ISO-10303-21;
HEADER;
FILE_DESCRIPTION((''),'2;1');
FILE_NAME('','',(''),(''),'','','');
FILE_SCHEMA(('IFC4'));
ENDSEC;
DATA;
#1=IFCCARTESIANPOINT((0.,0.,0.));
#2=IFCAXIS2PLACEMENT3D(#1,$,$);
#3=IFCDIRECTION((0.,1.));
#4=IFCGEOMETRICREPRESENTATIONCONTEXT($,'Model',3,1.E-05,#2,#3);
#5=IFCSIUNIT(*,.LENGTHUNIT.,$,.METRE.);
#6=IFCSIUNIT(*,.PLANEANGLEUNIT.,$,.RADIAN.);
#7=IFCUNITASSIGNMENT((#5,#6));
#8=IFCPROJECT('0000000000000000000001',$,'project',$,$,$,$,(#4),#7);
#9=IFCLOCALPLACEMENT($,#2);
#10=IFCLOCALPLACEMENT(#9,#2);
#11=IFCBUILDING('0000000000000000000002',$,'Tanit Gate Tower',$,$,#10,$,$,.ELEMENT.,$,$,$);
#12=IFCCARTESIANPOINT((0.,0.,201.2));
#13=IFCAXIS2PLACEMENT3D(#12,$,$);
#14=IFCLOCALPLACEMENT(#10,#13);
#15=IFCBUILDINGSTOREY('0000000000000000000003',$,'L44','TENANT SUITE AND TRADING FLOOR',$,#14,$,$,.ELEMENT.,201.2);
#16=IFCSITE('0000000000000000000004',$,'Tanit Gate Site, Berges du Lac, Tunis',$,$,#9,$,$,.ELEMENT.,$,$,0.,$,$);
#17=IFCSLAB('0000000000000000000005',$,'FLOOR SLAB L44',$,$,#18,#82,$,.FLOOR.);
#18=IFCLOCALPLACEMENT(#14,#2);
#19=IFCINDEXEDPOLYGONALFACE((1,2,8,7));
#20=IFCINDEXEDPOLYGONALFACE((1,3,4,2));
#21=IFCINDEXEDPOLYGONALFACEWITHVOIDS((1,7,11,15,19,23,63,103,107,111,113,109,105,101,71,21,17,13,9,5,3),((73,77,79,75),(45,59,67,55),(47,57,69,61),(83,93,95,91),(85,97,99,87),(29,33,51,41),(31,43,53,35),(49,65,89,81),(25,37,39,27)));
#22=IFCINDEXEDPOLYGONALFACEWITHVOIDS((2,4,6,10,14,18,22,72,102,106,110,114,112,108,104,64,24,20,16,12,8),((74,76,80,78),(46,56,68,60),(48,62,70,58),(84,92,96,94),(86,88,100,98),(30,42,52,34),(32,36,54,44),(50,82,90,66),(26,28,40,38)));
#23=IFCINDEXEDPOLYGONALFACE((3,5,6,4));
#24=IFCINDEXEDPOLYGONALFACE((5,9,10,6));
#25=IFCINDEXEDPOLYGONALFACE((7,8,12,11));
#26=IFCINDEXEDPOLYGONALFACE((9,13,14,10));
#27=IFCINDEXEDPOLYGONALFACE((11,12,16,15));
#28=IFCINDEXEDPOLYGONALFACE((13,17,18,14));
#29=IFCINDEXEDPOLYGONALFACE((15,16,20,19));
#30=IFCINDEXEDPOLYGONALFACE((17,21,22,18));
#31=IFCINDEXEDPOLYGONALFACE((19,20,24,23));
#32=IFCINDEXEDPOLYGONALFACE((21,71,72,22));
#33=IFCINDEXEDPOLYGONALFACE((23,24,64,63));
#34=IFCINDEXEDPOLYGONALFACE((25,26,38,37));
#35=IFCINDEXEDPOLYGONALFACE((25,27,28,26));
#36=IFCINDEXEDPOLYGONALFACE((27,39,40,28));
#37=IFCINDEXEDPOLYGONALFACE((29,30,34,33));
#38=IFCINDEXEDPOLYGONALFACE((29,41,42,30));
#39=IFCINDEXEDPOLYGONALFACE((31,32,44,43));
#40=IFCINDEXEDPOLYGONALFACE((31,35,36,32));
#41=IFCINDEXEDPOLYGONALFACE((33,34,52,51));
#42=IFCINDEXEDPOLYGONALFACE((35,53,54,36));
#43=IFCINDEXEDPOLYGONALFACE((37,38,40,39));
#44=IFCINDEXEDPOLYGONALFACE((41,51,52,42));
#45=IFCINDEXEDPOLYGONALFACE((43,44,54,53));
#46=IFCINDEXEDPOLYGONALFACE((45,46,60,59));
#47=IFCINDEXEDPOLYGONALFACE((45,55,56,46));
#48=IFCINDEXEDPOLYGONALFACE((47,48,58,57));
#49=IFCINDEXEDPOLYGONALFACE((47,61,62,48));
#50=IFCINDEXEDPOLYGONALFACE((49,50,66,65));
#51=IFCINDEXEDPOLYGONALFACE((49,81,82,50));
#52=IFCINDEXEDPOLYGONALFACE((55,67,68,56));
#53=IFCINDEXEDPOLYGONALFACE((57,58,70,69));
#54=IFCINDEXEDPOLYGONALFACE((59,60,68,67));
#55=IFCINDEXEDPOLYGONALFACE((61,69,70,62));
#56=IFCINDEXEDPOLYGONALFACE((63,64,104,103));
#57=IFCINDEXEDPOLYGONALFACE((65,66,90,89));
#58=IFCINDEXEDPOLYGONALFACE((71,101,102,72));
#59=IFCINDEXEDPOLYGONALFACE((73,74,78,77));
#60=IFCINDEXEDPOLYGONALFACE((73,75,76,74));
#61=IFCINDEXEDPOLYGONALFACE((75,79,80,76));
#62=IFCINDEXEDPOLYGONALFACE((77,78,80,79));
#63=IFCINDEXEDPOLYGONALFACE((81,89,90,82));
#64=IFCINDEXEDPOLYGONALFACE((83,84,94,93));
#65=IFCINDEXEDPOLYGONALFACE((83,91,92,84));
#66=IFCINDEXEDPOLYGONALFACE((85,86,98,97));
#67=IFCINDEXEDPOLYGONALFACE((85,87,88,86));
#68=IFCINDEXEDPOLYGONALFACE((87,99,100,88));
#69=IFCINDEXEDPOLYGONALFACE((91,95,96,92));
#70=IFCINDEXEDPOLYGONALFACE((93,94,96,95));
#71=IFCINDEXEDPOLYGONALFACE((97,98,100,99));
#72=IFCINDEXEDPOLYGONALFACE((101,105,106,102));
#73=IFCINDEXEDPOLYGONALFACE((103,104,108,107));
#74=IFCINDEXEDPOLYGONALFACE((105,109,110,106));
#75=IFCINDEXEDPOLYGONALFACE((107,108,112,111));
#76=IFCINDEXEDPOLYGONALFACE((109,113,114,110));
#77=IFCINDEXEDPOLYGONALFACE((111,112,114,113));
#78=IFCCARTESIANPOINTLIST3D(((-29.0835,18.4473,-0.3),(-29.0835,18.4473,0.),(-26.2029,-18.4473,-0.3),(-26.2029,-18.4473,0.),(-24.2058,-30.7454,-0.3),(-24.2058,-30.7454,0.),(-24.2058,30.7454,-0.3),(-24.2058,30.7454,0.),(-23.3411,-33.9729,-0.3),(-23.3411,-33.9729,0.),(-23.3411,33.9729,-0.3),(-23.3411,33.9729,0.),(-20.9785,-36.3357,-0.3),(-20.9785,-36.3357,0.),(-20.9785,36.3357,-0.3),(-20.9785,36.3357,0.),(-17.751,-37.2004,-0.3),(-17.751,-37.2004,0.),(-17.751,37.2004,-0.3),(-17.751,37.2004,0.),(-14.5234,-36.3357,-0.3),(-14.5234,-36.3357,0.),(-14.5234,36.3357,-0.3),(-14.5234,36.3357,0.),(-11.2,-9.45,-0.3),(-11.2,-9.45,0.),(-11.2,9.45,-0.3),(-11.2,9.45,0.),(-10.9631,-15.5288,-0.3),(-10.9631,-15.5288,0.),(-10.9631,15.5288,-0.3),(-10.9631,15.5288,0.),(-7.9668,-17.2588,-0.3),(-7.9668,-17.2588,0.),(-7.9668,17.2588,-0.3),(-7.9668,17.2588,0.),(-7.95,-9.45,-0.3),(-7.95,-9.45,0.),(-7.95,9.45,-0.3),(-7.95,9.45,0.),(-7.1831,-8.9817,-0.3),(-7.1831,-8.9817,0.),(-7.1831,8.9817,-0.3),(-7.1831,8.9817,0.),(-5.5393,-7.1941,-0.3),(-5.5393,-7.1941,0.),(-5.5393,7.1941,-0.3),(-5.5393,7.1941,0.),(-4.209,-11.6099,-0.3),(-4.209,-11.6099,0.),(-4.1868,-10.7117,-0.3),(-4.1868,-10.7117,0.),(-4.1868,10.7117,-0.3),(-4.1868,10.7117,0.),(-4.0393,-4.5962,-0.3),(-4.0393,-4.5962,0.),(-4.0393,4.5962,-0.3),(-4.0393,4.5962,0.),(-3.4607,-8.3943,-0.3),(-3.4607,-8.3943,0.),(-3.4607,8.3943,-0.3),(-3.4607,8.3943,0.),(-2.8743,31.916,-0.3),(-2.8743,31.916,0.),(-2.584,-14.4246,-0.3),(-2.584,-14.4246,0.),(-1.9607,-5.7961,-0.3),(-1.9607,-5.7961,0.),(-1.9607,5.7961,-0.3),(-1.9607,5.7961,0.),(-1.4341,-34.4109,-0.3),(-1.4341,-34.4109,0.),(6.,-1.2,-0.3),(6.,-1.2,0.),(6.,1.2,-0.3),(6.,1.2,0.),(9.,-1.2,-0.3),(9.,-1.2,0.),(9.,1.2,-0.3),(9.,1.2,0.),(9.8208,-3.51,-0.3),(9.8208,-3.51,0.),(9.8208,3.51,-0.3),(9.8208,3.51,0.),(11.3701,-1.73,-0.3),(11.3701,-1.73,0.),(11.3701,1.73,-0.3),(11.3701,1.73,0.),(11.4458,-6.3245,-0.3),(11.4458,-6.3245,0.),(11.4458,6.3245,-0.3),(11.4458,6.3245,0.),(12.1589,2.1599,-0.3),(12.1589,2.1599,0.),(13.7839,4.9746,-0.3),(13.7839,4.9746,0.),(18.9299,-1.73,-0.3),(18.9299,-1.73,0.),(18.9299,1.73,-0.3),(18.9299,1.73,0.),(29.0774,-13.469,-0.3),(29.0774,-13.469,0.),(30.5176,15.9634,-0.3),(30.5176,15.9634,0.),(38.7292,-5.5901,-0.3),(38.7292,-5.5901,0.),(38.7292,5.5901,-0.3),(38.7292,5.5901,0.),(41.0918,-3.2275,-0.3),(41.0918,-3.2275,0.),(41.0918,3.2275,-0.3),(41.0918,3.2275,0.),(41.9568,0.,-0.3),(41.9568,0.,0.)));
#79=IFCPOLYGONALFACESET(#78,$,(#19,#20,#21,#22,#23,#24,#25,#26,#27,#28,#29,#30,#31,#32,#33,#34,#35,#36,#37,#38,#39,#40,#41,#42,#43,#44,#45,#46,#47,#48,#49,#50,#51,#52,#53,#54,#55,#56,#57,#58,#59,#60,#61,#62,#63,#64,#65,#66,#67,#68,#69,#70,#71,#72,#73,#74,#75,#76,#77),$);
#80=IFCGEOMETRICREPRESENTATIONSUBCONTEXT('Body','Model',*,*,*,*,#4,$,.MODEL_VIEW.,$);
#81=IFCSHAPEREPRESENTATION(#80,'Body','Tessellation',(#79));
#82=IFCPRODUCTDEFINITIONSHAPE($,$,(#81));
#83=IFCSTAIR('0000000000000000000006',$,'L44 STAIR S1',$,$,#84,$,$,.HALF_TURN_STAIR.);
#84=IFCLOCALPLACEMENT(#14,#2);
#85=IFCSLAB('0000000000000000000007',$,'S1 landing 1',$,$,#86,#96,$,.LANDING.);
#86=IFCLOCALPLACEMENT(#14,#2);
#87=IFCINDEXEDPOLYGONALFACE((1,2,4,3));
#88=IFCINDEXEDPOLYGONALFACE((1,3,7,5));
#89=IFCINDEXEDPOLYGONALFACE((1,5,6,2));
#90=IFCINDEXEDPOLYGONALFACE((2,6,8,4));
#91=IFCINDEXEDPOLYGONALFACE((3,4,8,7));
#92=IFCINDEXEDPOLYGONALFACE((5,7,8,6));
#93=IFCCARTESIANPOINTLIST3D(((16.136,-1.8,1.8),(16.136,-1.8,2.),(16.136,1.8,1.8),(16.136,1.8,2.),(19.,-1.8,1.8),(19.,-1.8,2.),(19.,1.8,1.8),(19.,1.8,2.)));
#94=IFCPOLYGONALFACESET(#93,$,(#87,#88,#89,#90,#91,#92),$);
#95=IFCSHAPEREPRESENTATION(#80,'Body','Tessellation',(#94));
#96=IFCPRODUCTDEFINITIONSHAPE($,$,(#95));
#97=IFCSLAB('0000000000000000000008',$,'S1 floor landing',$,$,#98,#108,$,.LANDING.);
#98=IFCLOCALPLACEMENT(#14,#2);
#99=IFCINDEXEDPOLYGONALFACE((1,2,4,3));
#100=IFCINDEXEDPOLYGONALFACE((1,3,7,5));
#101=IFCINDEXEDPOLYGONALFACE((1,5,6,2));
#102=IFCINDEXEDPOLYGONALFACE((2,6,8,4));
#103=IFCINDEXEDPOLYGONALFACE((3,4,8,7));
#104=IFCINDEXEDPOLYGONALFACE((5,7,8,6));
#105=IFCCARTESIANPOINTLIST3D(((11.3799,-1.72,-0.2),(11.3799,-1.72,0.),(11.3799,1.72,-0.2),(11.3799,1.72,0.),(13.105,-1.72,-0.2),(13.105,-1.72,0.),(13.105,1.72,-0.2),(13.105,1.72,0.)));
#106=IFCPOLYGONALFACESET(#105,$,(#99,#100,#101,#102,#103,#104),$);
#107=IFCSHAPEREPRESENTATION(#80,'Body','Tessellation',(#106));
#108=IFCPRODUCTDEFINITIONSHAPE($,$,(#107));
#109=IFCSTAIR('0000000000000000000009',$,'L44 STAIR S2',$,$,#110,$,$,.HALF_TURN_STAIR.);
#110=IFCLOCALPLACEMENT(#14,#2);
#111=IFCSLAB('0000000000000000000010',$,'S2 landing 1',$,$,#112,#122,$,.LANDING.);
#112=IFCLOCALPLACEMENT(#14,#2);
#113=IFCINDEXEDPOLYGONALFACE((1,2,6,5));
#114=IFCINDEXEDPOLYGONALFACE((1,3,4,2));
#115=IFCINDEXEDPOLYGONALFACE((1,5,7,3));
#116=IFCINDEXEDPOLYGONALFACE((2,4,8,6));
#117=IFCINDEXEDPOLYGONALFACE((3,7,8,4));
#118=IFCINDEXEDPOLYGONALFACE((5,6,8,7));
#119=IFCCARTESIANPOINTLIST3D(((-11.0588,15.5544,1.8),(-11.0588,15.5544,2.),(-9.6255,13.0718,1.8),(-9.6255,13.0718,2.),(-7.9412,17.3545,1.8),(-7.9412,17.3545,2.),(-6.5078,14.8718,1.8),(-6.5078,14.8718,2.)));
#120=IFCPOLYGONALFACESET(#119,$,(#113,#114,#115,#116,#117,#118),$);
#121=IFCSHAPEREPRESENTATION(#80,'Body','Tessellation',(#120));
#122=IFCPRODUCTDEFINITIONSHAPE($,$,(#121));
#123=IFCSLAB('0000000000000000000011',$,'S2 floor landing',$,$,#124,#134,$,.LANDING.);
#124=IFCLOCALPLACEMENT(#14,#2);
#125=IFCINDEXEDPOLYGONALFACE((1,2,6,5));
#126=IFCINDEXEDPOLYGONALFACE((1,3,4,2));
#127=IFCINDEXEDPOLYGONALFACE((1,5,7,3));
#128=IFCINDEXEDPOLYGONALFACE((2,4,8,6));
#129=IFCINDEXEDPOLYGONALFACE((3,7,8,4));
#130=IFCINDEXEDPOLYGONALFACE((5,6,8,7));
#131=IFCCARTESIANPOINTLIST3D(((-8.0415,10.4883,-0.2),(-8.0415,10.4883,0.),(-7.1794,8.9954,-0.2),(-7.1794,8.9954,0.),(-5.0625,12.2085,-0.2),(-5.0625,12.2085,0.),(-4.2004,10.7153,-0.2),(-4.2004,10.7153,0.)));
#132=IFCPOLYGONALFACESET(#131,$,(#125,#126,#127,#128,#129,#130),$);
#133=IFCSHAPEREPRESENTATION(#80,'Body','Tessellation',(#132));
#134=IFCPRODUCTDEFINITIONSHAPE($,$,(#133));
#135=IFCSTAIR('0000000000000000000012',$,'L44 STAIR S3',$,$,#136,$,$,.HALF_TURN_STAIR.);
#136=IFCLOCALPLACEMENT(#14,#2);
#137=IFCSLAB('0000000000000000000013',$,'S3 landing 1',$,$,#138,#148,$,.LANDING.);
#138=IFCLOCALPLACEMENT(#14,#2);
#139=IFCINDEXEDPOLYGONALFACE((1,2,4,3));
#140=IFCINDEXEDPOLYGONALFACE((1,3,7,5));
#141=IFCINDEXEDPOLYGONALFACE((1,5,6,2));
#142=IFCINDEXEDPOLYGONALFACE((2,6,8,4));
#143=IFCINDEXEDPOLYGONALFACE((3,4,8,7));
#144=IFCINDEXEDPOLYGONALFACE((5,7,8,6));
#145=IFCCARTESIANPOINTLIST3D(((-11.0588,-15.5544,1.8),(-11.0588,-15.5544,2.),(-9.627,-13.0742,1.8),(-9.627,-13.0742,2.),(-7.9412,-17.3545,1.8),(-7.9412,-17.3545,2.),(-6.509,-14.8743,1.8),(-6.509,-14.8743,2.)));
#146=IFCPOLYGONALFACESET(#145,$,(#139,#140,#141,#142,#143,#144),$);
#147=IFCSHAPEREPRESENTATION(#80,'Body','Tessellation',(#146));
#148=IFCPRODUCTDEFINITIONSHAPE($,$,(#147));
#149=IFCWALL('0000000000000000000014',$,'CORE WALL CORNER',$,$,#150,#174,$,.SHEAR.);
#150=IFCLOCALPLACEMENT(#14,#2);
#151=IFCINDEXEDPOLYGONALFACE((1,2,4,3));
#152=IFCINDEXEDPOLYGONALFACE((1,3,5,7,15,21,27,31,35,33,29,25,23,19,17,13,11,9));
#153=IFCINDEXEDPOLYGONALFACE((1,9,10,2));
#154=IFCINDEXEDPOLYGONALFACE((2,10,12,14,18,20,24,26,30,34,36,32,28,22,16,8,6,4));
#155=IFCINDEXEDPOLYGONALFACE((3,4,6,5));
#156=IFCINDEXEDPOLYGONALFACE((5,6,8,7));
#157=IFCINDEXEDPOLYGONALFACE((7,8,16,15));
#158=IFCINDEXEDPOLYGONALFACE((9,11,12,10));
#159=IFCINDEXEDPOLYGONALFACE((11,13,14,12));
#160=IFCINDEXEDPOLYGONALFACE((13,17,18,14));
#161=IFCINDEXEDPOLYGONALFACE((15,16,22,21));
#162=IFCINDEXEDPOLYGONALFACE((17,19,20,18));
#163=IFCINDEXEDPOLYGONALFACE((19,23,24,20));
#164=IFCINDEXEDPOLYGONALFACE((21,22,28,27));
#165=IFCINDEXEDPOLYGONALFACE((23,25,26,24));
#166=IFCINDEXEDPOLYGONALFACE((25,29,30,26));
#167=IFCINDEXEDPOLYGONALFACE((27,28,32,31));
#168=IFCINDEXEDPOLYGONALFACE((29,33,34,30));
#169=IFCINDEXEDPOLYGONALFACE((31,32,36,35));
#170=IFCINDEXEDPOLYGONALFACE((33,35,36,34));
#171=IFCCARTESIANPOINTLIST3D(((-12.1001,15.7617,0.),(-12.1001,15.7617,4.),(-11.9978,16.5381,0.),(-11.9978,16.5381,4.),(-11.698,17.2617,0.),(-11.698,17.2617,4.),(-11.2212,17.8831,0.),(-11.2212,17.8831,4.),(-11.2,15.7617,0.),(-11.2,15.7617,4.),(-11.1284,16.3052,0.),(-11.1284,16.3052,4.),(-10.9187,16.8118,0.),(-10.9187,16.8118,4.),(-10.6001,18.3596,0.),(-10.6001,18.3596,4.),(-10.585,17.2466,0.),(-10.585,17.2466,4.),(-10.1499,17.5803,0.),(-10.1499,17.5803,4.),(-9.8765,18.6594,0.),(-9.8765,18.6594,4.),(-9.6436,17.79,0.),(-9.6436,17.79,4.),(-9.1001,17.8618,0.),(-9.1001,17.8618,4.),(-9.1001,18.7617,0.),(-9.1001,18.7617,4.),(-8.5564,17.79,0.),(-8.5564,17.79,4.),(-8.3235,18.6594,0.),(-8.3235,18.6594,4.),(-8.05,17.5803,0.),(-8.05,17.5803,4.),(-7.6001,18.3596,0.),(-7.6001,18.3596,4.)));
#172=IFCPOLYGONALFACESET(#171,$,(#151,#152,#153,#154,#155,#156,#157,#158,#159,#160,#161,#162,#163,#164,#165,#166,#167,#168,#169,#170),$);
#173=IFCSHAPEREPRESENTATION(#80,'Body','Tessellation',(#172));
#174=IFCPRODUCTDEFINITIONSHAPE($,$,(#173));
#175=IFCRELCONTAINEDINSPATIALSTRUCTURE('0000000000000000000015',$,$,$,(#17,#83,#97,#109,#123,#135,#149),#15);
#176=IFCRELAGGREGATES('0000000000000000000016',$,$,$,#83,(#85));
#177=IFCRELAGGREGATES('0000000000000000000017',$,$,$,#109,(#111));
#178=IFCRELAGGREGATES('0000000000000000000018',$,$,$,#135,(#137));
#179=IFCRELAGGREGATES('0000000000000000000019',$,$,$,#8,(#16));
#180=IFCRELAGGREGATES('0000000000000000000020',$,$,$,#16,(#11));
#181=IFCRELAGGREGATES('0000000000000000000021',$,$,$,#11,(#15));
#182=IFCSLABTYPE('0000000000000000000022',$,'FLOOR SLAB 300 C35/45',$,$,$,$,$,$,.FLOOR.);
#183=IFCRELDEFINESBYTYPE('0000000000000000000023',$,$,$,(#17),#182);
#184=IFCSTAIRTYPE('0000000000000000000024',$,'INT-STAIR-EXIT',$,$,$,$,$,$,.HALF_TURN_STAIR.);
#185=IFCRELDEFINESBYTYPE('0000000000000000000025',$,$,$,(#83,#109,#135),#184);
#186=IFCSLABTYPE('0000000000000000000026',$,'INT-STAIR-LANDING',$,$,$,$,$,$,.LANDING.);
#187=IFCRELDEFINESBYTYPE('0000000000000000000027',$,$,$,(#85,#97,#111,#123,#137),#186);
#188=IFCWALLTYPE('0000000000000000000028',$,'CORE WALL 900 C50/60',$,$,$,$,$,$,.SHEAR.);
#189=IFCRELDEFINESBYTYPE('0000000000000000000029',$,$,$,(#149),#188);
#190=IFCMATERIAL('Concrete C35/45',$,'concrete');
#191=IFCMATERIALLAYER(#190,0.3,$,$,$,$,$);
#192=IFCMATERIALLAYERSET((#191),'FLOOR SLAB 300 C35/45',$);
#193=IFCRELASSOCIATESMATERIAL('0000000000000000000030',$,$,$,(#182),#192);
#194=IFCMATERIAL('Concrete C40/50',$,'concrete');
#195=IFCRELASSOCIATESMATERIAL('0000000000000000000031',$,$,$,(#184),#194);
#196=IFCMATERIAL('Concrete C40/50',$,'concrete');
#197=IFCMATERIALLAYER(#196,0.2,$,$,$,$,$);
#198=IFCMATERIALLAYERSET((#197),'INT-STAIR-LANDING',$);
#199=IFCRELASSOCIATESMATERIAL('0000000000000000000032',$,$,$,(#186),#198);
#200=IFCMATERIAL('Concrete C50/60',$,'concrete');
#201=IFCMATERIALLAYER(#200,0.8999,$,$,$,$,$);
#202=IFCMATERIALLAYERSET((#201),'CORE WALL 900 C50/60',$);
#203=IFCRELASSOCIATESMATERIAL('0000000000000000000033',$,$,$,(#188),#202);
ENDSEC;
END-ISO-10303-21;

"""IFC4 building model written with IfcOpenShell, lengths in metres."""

from ifc_helpers import new_model, si_unit, direction, frame, origin, place, context, subcontext, project, spatial, polyline, outline, extrude, material, layer, layer_set, type_object, element, aggregate, save


model = new_model("IFC4")

# Units and contexts
model_context = context("Model", 3, precision=1e-05, world=origin(), true_north=direction((0.0, 1.0)))
body_context = subcontext(model_context, "Body", "Model", "MODEL_VIEW")
ifc_project = project(units=[si_unit("LENGTHUNIT", "METRE"), si_unit("PLANEANGLEUNIT", "RADIAN")], contexts=[model_context])

# Site, building, storey
site_placement = place(None, origin())
site = spatial("IfcSite", under=ifc_project, at=site_placement, Name="Tanit Gate Site, Berges du Lac, Tunis", CompositionType="ELEMENT", RefElevation=0.0)
building_placement = place(site_placement, origin())
building = spatial("IfcBuilding", under=site, at=building_placement, Name="Tanit Gate Tower", CompositionType="ELEMENT")
storey_placement = place(building_placement, frame((0.0, 0.0, 201.2)))
storey = spatial("IfcBuildingStorey", under=building, at=storey_placement, Name="L44", Description="TENANT SUITE AND TRADING FLOOR", CompositionType="ELEMENT", Elevation=201.2)

# Slab
ifc_material_1 = material(Name="Concrete C35/45", Category="concrete")
ifc_layer_1 = layer(ifc_material_1, 0.3)
ifc_layer_set_1 = layer_set([ifc_layer_1], Name="FLOOR SLAB 300 C35/45")
slab_type_1 = type_object("IfcSlabType", Name="FLOOR SLAB 300 C35/45", PredefinedType="FLOOR", material=ifc_layer_set_1)
slab_1_placement = place(storey_placement, frame((0.0, 0.0, -0.3)))
element("IfcSlab", 1, at=slab_1_placement, inside=storey, type_object=slab_type_1, Name="FLOOR SLAB L44", PredefinedType="FLOOR", context=body_context, shape_type="SweptSolid", body=[
    extrude(outline(polyline([(38.7292, 5.5901), (41.0918, 3.2275), (41.9568, 0.0), (41.0918, -3.2275), (38.7292, -5.5901), (29.0774, -13.469), (-1.4341, -34.4109), (-14.5234, -36.3357), (-17.751, -37.2004), (-20.9785, -36.3357), (-23.3411, -33.9729), (-24.2058, -30.7454), (-26.2029, -18.4473), (-29.0835, 18.4473), (-24.2058, 30.7454), (-23.3411, 33.9729), (-20.9785, 36.3357), (-17.751, 37.2004), (-14.5234, 36.3357), (-2.8743, 31.916), (30.5176, 15.9634), (38.7292, 5.5901)]), holes=[polyline([(11.3701, 1.73), (18.9299, 1.73), (18.9299, -1.73), (11.3701, -1.73), (11.3701, 1.73)]), polyline([(9.8208, 3.51), (11.4458, 6.3245), (13.7839, 4.9746), (12.1589, 2.1599), (9.8208, 3.51)]), polyline([(-4.209, -11.6099), (9.8208, -3.51), (11.4458, -6.3245), (-2.584, -14.4246), (-4.209, -11.6099)]), polyline([(6.0, 1.2), (9.0, 1.2), (9.0, -1.2), (6.0, -1.2), (6.0, 1.2)]), polyline([(-5.5393, 7.1941), (-3.4607, 8.3943), (-1.9607, 5.7961), (-4.0393, 4.5962), (-5.5393, 7.1941)]), polyline([(-1.9607, -5.7961), (-3.4607, -8.3943), (-5.5393, -7.1941), (-4.0393, -4.5962), (-1.9607, -5.7961)]), polyline([(-10.9631, 15.5288), (-7.9668, 17.2588), (-4.1868, 10.7117), (-7.1831, 8.9817), (-10.9631, 15.5288)]), polyline([(-4.1868, -10.7117), (-7.9668, -17.2588), (-10.9631, -15.5288), (-7.1831, -8.9817), (-4.1868, -10.7117)]), polyline([(-11.2, -9.45), (-11.2, 9.45), (-7.95, 9.45), (-7.95, -9.45), (-11.2, -9.45)])]), origin(), (0.0, 0.0, 1.0), 0.3),
])

# Stair, slab
ifc_material_2 = material(Name="Concrete C40/50", Category="concrete")
stair_type = type_object("IfcStairType", Name="INT-STAIR-EXIT", PredefinedType="HALF_TURN_STAIR", material=ifc_material_2)
stair_1_placement = place(storey_placement, origin())
stair_1 = element("IfcStair", 2, at=stair_1_placement, inside=storey, type_object=stair_type, Name="L44 STAIR S1", PredefinedType="HALF_TURN_STAIR")
ifc_material_3 = material(Name="Concrete C40/50", Category="concrete")
ifc_layer_2 = layer(ifc_material_3, 0.2)
ifc_layer_set_2 = layer_set([ifc_layer_2], Name="INT-STAIR-LANDING")
slab_type_2 = type_object("IfcSlabType", Name="INT-STAIR-LANDING", PredefinedType="LANDING", material=ifc_layer_set_2)
slab_2_placement = place(storey_placement, frame((0.0, 0.0, 1.8)))
slab_2 = element("IfcSlab", 3, at=slab_2_placement, type_object=slab_type_2, Name="S1 landing 1", PredefinedType="LANDING", context=body_context, shape_type="SweptSolid", body=[
    extrude(outline(polyline([(16.136, -1.8), (19.0, -1.8), (19.0, 1.8), (16.136, 1.8), (16.136, -1.8)])), origin(), (0.0, 0.0, 1.0), 0.2),
])
aggregate(stair_1, [slab_2])

# Slab
slab_3_placement = place(storey_placement, frame((0.0, 0.0, -0.2)))
element("IfcSlab", 4, at=slab_3_placement, inside=storey, type_object=slab_type_2, Name="S1 floor landing", PredefinedType="LANDING", context=body_context, shape_type="SweptSolid", body=[
    extrude(outline(polyline([(11.3799, -1.72), (13.105, -1.72), (13.105, 1.72), (11.3799, 1.72), (11.3799, -1.72)])), origin(), (0.0, 0.0, 1.0), 0.2),
])

# Stair, slab
stair_2_placement = place(storey_placement, origin())
stair_2 = element("IfcStair", 5, at=stair_2_placement, inside=storey, type_object=stair_type, Name="L44 STAIR S2", PredefinedType="HALF_TURN_STAIR")
slab_4_placement = place(storey_placement, frame((0.0, 0.0, 1.8)))
slab_4 = element("IfcSlab", 6, at=slab_4_placement, type_object=slab_type_2, Name="S2 landing 1", PredefinedType="LANDING", context=body_context, shape_type="SweptSolid", body=[
    extrude(outline(polyline([(-6.5078, 14.8718), (-7.9412, 17.3545), (-11.0588, 15.5544), (-9.6255, 13.0718), (-6.5078, 14.8718)])), origin(), (0.0, 0.0, 1.0), 0.2),
])
aggregate(stair_2, [slab_4])

# Slab
slab_5_placement = place(storey_placement, frame((0.0, 0.0, -0.2)))
element("IfcSlab", 7, at=slab_5_placement, inside=storey, type_object=slab_type_2, Name="S2 floor landing", PredefinedType="LANDING", context=body_context, shape_type="SweptSolid", body=[
    extrude(outline(polyline([(-4.2004, 10.7153), (-5.0625, 12.2085), (-8.0415, 10.4883), (-7.1794, 8.9954), (-4.2004, 10.7153)])), origin(), (0.0, 0.0, 1.0), 0.2),
])

# Stair, slab
stair_3_placement = place(storey_placement, origin())
stair_3 = element("IfcStair", 8, at=stair_3_placement, inside=storey, type_object=stair_type, Name="L44 STAIR S3", PredefinedType="HALF_TURN_STAIR")
slab_6_placement = place(storey_placement, frame((0.0, 0.0, 1.8)))
slab_6 = element("IfcSlab", 9, at=slab_6_placement, type_object=slab_type_2, Name="S3 landing 1", PredefinedType="LANDING", context=body_context, shape_type="SweptSolid", body=[
    extrude(outline(polyline([(-9.627, -13.0742), (-11.0588, -15.5544), (-7.9412, -17.3545), (-6.509, -14.8743), (-9.627, -13.0742)])), origin(), (0.0, 0.0, 1.0), 0.2),
])
aggregate(stair_3, [slab_6])

# Wall
ifc_material_4 = material(Name="Concrete C50/60", Category="concrete")
ifc_layer_3 = layer(ifc_material_4, 0.8999)
ifc_layer_set_3 = layer_set([ifc_layer_3], Name="CORE WALL 900 C50/60")
wall_type_1 = type_object("IfcWallType", Name="CORE WALL 900 C50/60", PredefinedType="SHEAR", material=ifc_layer_set_3)
wall_1_placement = place(storey_placement, origin())
element("IfcWall", 10, at=wall_1_placement, inside=storey, type_object=wall_type_1, Name="CORE WALL CORNER", PredefinedType="SHEAR", context=body_context, shape_type="SweptSolid", body=[
    extrude(outline(polyline([(-7.6001, 18.3596), (-8.3235, 18.6594), (-9.1001, 18.7617), (-9.8765, 18.6594), (-10.6001, 18.3596), (-11.2212, 17.8831), (-11.698, 17.2617), (-11.9978, 16.5381), (-12.1001, 15.7617), (-11.2, 15.7617), (-11.1284, 16.3052), (-10.9187, 16.8118), (-10.585, 17.2466), (-10.1499, 17.5803), (-9.6436, 17.79), (-9.1001, 17.8618), (-8.5564, 17.79), (-8.05, 17.5803), (-7.6001, 18.3596)])), origin(), (0.0, 0.0, 1.0), 4.0),
])

save(model, "model.ifc")
